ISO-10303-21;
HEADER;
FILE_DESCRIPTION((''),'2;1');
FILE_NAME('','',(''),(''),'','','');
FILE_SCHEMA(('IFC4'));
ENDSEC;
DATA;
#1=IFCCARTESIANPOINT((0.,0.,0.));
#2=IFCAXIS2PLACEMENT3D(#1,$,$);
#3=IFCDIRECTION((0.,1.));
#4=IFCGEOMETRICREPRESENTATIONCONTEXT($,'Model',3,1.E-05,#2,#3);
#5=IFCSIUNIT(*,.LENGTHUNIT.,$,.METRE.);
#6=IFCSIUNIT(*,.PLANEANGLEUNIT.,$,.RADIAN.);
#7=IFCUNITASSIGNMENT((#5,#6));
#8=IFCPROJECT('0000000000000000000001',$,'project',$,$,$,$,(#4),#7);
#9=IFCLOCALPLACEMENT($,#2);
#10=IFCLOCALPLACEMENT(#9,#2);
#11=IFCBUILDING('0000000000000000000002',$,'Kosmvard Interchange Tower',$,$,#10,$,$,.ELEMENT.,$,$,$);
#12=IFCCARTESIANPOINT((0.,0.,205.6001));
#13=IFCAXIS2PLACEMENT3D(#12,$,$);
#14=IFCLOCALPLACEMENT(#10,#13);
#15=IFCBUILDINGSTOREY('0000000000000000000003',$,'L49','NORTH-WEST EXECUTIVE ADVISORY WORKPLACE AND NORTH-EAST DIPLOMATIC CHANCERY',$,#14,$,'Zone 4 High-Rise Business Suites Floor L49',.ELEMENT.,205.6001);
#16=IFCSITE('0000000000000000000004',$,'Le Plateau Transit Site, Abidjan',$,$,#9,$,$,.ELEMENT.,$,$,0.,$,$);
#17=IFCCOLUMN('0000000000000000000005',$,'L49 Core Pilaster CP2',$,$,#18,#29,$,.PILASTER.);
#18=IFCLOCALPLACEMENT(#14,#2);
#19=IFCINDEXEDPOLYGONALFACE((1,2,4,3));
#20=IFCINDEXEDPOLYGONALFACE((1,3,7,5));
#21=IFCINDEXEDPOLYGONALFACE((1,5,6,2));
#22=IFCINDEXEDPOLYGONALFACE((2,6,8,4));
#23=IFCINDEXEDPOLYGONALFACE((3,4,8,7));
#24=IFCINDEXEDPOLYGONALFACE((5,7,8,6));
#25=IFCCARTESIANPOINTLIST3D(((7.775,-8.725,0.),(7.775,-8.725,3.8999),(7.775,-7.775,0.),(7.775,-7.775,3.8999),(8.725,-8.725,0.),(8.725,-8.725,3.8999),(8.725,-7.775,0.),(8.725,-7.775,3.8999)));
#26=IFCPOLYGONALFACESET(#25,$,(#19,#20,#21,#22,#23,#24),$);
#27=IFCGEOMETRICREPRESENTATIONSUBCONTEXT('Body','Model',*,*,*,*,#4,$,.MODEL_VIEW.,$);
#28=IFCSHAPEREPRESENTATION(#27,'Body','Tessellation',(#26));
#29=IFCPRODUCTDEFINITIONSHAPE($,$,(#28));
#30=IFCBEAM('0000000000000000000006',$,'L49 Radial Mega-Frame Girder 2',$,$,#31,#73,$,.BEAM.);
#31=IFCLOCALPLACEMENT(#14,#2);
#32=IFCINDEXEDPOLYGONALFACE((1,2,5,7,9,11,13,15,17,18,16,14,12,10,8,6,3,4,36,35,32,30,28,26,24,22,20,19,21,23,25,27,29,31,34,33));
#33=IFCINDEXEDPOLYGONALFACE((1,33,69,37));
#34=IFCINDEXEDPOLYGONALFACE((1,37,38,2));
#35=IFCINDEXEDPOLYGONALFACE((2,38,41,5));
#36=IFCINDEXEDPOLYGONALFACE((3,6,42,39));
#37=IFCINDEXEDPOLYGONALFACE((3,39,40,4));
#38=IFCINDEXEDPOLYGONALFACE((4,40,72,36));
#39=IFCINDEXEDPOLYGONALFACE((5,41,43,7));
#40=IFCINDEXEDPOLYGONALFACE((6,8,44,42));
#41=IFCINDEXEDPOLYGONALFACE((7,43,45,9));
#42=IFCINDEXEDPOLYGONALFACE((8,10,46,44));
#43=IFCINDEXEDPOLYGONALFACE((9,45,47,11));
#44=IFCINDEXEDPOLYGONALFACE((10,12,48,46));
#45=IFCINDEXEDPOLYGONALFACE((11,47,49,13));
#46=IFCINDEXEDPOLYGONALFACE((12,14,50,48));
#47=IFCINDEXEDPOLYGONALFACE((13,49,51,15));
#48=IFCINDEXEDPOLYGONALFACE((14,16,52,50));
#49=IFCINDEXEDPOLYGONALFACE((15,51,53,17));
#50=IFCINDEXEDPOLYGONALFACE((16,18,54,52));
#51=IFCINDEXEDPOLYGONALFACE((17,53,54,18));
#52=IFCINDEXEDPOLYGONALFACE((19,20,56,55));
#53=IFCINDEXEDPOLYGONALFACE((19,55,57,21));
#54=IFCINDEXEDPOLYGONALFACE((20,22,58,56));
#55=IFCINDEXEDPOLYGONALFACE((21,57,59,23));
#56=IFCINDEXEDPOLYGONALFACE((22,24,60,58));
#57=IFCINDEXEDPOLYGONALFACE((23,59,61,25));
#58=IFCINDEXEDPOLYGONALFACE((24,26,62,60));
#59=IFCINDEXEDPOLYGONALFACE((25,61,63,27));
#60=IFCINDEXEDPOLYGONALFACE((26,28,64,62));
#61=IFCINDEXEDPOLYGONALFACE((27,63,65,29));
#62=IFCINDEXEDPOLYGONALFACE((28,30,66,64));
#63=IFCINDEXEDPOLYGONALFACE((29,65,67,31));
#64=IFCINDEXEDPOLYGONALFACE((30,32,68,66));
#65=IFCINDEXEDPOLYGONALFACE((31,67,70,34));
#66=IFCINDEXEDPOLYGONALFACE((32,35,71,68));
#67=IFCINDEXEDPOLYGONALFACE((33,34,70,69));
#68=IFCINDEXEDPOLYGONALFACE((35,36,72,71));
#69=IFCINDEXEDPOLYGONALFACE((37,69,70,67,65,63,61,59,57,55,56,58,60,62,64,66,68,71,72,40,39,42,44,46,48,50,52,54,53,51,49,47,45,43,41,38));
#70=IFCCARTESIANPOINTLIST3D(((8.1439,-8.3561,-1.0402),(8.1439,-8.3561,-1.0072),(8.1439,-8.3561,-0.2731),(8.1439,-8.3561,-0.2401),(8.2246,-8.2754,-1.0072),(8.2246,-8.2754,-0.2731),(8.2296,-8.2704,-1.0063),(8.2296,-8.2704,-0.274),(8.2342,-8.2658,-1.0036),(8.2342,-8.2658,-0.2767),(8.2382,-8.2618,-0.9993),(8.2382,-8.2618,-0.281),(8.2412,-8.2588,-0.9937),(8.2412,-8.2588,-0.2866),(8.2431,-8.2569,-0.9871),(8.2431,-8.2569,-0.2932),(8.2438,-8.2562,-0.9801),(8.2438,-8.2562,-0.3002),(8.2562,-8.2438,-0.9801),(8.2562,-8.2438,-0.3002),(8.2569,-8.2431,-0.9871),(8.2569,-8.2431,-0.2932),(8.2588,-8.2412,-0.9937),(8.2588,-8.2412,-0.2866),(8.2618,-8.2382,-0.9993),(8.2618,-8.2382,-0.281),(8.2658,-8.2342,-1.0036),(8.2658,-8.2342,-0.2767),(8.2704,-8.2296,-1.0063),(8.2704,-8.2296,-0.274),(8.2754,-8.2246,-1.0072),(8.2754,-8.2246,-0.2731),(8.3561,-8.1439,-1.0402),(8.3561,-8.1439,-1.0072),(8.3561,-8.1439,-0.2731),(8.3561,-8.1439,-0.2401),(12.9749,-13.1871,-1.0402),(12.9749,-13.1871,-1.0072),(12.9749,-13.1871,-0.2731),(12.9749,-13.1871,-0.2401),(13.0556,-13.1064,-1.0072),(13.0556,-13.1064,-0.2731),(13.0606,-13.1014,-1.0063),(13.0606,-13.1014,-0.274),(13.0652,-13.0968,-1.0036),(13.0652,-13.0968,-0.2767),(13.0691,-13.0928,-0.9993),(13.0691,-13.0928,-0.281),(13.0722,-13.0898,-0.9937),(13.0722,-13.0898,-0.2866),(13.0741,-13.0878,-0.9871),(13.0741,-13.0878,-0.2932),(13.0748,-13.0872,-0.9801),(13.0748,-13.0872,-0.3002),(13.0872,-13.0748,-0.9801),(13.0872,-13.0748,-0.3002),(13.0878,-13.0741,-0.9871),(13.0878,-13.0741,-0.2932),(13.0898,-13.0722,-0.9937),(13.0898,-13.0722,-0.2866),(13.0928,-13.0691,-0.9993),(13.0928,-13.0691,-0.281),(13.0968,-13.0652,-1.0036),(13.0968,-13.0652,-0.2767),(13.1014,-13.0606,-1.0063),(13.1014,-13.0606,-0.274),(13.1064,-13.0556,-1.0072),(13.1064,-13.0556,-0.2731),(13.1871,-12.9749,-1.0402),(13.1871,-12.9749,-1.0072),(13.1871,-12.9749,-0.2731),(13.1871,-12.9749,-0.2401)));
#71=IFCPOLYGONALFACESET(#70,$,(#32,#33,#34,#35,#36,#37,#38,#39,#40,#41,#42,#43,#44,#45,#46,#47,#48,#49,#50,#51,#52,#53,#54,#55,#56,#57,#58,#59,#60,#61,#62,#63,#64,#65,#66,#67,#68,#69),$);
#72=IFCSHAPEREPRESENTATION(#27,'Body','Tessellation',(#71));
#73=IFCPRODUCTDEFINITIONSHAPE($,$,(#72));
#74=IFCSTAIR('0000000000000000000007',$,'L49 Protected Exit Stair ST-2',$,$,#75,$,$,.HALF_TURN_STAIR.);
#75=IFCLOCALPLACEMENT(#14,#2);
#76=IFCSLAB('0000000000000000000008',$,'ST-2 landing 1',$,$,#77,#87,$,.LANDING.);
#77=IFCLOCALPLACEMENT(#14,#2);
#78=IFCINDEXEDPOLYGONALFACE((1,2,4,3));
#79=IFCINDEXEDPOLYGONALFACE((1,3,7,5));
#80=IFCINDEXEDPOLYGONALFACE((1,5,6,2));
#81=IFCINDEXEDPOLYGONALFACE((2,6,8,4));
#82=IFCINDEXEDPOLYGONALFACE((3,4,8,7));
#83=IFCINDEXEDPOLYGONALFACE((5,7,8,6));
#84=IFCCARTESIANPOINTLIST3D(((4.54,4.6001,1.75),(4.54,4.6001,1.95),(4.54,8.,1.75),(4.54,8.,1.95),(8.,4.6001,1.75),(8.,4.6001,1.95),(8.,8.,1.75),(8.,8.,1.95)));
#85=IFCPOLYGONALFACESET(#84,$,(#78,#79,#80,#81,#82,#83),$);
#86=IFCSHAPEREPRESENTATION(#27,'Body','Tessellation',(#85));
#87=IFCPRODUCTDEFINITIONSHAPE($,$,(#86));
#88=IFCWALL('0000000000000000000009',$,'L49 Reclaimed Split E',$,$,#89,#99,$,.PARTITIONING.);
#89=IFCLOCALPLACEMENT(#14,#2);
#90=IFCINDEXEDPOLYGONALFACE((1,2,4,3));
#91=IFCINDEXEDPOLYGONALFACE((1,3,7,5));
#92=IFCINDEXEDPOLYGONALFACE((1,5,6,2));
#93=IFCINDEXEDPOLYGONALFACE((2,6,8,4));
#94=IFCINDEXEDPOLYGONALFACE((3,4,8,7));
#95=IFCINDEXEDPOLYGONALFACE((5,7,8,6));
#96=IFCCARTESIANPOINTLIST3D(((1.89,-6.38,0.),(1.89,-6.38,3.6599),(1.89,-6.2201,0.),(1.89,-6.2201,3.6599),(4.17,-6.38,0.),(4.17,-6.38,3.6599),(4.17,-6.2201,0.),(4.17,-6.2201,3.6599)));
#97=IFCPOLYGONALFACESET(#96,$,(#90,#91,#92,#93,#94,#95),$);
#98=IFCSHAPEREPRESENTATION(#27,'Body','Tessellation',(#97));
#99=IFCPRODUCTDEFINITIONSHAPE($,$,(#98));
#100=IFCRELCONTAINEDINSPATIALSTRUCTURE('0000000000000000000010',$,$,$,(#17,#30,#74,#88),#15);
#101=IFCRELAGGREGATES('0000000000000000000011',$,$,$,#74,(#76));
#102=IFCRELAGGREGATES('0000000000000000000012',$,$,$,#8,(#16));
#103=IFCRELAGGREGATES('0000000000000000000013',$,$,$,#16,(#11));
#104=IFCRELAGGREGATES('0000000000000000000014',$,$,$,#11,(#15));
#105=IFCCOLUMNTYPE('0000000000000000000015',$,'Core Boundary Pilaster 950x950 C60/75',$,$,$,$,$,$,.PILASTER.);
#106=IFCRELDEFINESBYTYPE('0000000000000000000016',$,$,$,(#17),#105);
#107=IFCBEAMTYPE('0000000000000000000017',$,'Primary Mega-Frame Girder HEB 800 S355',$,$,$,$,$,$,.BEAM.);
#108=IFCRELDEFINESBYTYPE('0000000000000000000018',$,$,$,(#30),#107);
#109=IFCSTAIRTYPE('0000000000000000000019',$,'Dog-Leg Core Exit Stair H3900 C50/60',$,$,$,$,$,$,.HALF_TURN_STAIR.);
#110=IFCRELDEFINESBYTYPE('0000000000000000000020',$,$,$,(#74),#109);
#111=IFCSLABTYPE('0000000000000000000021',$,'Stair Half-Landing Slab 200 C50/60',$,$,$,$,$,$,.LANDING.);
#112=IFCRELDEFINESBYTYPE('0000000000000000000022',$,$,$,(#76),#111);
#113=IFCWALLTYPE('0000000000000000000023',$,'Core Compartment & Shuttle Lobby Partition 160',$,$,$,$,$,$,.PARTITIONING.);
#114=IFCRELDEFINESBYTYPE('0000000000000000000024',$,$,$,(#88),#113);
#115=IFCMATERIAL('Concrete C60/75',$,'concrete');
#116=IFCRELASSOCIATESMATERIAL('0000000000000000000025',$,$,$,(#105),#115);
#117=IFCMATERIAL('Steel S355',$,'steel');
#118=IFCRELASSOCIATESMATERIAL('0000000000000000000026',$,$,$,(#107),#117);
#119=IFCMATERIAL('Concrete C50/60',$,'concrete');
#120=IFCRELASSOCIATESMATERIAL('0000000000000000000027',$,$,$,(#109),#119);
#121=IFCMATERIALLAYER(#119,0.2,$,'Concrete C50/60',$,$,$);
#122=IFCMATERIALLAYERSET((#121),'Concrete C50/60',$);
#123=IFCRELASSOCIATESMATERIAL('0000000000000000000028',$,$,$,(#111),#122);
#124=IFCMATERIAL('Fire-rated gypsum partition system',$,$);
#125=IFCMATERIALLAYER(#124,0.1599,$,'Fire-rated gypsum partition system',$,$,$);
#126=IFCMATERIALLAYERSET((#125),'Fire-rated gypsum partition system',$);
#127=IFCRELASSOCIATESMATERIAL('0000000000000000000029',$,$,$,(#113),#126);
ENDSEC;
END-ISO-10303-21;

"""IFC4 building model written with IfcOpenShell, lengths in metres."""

from ifc_helpers import new_model, si_unit, direction, frame, frame_2d, origin, origin_2d, place, context, subcontext, project, spatial, polyline, rectangle, i_section, outline, extrude, source, transform, mapped, material, layer, layer_set, material_profile, profile_set, type_object, element, aggregate, save


model = new_model("IFC4")

# Units and contexts
model_context = context("Model", 3, precision=1e-05, world=origin(), true_north=direction((0.0, 1.0)))
body_context = subcontext(model_context, "Body", "Model", "MODEL_VIEW")
ifc_project = project(units=[si_unit("LENGTHUNIT", "METRE"), si_unit("PLANEANGLEUNIT", "RADIAN")], contexts=[model_context])

# Site, building, storey
site_placement = place(None, origin())
site = spatial("IfcSite", under=ifc_project, at=site_placement, Name="Le Plateau Transit Site, Abidjan", CompositionType="ELEMENT", RefElevation=0.0)
building_placement = place(site_placement, origin())
building = spatial("IfcBuilding", under=site, at=building_placement, Name="Kosmvard Interchange Tower", CompositionType="ELEMENT")
storey_placement = place(building_placement, frame((0.0, 0.0, 205.6001)))
storey = spatial("IfcBuildingStorey", under=building, at=storey_placement, Name="L49", Description="NORTH-WEST EXECUTIVE ADVISORY WORKPLACE AND NORTH-EAST DIPLOMATIC CHANCERY", LongName="Zone 4 High-Rise Business Suites Floor L49", CompositionType="ELEMENT", Elevation=205.6001)

# Column
ifc_material_1 = material(Name="Concrete C60/75", Category="concrete")
ifc_material_profile_1 = material_profile(ifc_material_1, rectangle(XDim=0.95, YDim=0.95, at=origin_2d()), Name="CP 950x950")
ifc_profile_set_1 = profile_set([ifc_material_profile_1], Name="Concrete C60/75")
column_type = type_object("IfcColumnType", Name="Core Boundary Pilaster 950x950 C60/75", PredefinedType="PILASTER", material=ifc_profile_set_1)
shared_shape_1 = source(origin(), body_context, "Body", "SweptSolid", [
    extrude(rectangle(XDim=0.95, YDim=0.95, at=origin_2d()), origin(), (0.0, 0.0, 1.0), 3.8999),
])
column_placement = place(storey_placement, frame((8.25, -8.25, 0.0), z_axis=(0.0, 0.0, 1.0), x_axis=(1.0, 0.0, 0.0)))
element("IfcColumn", 1, at=column_placement, inside=storey, type_object=column_type, Name="L49 Core Pilaster CP2", PredefinedType="PILASTER", context=body_context, shape_type="MappedRepresentation", body=[
    mapped(shared_shape_1, transform((0.0, 0.0, 0.0), scale=1.0)),
])

# Beam
ifc_material_2 = material(Name="Steel S355", Category="steel")
ifc_material_profile_2 = material_profile(ifc_material_2, i_section(OverallWidth=0.3, OverallDepth=0.8, WebThickness=0.0176, FlangeThickness=0.033, FilletRadius=0.0271, at=origin_2d()), Name="HEB 800")
ifc_profile_set_2 = profile_set([ifc_material_profile_2], Name="Steel S355")
beam_type = type_object("IfcBeamType", Name="Primary Mega-Frame Girder HEB 800 S355", PredefinedType="BEAM", material=ifc_profile_set_2)
shared_shape_2 = source(origin(), body_context, "Body", "SweptSolid", [
    extrude(i_section(OverallWidth=0.3, OverallDepth=0.8, WebThickness=0.0176, FlangeThickness=0.033, FilletRadius=0.0271, at=origin_2d()), origin(), (0.0, 0.0, 1.0), 6.832),
])
beam_placement = place(storey_placement, frame((8.25, -8.25, -0.6401), z_axis=(0.707107, -0.707107, 0.0), x_axis=(0.707107, 0.707107, 0.0)))
element("IfcBeam", 2, at=beam_placement, inside=storey, type_object=beam_type, Name="L49 Radial Mega-Frame Girder 2", PredefinedType="BEAM", context=body_context, shape_type="MappedRepresentation", body=[
    mapped(shared_shape_2, transform((0.0, 0.0, 0.0), scale=1.0)),
])

# Stair, slab
ifc_material_3 = material(Name="Concrete C50/60", Category="concrete")
stair_type = type_object("IfcStairType", Name="Dog-Leg Core Exit Stair H3900 C50/60", PredefinedType="HALF_TURN_STAIR", material=ifc_material_3)
stair_placement = place(storey_placement, origin())
stair = element("IfcStair", 3, at=stair_placement, inside=storey, type_object=stair_type, Name="L49 Protected Exit Stair ST-2", PredefinedType="HALF_TURN_STAIR")
ifc_layer_1 = layer(ifc_material_3, 0.2, Name="Concrete C50/60")
ifc_layer_set_1 = layer_set([ifc_layer_1], Name="Concrete C50/60")
slab_type = type_object("IfcSlabType", Name="Stair Half-Landing Slab 200 C50/60", PredefinedType="LANDING", material=ifc_layer_set_1)
slab_placement = place(storey_placement, frame((0.0, 0.0, 1.75)))
slab = element("IfcSlab", 4, at=slab_placement, type_object=slab_type, Name="ST-2 landing 1", PredefinedType="LANDING", context=body_context, shape_type="SweptSolid", body=[
    extrude(outline(polyline([(8.0, 4.6001), (8.0, 8.0), (4.54, 8.0), (4.54, 4.6001), (8.0, 4.6001)])), origin(), (0.0, 0.0, 1.0), 0.2),
])
aggregate(stair, [slab])

# Wall
ifc_material_4 = material(Name="Fire-rated gypsum partition system")
ifc_layer_2 = layer(ifc_material_4, 0.1599, Name="Fire-rated gypsum partition system")
ifc_layer_set_2 = layer_set([ifc_layer_2], Name="Fire-rated gypsum partition system")
wall_type_1 = type_object("IfcWallType", Name="Core Compartment & Shuttle Lobby Partition 160", PredefinedType="PARTITIONING", material=ifc_layer_set_2)
wall_1_placement = place(storey_placement, frame((1.8899, -6.3, 0.0), z_axis=(0.0, 0.0, 1.0), x_axis=(1.0, 0.0, 0.0)))
element("IfcWall", 5, at=wall_1_placement, inside=storey, type_object=wall_type_1, Name="L49 Reclaimed Split E", PredefinedType="PARTITIONING", context=body_context, shape_type="SweptSolid", body=[
    extrude(rectangle(XDim=2.28, YDim=0.1599, at=frame_2d((1.1401, 0.0))), origin(), (0.0, 0.0, 1.0), 3.6599),
])

save(model, "model.ifc")
